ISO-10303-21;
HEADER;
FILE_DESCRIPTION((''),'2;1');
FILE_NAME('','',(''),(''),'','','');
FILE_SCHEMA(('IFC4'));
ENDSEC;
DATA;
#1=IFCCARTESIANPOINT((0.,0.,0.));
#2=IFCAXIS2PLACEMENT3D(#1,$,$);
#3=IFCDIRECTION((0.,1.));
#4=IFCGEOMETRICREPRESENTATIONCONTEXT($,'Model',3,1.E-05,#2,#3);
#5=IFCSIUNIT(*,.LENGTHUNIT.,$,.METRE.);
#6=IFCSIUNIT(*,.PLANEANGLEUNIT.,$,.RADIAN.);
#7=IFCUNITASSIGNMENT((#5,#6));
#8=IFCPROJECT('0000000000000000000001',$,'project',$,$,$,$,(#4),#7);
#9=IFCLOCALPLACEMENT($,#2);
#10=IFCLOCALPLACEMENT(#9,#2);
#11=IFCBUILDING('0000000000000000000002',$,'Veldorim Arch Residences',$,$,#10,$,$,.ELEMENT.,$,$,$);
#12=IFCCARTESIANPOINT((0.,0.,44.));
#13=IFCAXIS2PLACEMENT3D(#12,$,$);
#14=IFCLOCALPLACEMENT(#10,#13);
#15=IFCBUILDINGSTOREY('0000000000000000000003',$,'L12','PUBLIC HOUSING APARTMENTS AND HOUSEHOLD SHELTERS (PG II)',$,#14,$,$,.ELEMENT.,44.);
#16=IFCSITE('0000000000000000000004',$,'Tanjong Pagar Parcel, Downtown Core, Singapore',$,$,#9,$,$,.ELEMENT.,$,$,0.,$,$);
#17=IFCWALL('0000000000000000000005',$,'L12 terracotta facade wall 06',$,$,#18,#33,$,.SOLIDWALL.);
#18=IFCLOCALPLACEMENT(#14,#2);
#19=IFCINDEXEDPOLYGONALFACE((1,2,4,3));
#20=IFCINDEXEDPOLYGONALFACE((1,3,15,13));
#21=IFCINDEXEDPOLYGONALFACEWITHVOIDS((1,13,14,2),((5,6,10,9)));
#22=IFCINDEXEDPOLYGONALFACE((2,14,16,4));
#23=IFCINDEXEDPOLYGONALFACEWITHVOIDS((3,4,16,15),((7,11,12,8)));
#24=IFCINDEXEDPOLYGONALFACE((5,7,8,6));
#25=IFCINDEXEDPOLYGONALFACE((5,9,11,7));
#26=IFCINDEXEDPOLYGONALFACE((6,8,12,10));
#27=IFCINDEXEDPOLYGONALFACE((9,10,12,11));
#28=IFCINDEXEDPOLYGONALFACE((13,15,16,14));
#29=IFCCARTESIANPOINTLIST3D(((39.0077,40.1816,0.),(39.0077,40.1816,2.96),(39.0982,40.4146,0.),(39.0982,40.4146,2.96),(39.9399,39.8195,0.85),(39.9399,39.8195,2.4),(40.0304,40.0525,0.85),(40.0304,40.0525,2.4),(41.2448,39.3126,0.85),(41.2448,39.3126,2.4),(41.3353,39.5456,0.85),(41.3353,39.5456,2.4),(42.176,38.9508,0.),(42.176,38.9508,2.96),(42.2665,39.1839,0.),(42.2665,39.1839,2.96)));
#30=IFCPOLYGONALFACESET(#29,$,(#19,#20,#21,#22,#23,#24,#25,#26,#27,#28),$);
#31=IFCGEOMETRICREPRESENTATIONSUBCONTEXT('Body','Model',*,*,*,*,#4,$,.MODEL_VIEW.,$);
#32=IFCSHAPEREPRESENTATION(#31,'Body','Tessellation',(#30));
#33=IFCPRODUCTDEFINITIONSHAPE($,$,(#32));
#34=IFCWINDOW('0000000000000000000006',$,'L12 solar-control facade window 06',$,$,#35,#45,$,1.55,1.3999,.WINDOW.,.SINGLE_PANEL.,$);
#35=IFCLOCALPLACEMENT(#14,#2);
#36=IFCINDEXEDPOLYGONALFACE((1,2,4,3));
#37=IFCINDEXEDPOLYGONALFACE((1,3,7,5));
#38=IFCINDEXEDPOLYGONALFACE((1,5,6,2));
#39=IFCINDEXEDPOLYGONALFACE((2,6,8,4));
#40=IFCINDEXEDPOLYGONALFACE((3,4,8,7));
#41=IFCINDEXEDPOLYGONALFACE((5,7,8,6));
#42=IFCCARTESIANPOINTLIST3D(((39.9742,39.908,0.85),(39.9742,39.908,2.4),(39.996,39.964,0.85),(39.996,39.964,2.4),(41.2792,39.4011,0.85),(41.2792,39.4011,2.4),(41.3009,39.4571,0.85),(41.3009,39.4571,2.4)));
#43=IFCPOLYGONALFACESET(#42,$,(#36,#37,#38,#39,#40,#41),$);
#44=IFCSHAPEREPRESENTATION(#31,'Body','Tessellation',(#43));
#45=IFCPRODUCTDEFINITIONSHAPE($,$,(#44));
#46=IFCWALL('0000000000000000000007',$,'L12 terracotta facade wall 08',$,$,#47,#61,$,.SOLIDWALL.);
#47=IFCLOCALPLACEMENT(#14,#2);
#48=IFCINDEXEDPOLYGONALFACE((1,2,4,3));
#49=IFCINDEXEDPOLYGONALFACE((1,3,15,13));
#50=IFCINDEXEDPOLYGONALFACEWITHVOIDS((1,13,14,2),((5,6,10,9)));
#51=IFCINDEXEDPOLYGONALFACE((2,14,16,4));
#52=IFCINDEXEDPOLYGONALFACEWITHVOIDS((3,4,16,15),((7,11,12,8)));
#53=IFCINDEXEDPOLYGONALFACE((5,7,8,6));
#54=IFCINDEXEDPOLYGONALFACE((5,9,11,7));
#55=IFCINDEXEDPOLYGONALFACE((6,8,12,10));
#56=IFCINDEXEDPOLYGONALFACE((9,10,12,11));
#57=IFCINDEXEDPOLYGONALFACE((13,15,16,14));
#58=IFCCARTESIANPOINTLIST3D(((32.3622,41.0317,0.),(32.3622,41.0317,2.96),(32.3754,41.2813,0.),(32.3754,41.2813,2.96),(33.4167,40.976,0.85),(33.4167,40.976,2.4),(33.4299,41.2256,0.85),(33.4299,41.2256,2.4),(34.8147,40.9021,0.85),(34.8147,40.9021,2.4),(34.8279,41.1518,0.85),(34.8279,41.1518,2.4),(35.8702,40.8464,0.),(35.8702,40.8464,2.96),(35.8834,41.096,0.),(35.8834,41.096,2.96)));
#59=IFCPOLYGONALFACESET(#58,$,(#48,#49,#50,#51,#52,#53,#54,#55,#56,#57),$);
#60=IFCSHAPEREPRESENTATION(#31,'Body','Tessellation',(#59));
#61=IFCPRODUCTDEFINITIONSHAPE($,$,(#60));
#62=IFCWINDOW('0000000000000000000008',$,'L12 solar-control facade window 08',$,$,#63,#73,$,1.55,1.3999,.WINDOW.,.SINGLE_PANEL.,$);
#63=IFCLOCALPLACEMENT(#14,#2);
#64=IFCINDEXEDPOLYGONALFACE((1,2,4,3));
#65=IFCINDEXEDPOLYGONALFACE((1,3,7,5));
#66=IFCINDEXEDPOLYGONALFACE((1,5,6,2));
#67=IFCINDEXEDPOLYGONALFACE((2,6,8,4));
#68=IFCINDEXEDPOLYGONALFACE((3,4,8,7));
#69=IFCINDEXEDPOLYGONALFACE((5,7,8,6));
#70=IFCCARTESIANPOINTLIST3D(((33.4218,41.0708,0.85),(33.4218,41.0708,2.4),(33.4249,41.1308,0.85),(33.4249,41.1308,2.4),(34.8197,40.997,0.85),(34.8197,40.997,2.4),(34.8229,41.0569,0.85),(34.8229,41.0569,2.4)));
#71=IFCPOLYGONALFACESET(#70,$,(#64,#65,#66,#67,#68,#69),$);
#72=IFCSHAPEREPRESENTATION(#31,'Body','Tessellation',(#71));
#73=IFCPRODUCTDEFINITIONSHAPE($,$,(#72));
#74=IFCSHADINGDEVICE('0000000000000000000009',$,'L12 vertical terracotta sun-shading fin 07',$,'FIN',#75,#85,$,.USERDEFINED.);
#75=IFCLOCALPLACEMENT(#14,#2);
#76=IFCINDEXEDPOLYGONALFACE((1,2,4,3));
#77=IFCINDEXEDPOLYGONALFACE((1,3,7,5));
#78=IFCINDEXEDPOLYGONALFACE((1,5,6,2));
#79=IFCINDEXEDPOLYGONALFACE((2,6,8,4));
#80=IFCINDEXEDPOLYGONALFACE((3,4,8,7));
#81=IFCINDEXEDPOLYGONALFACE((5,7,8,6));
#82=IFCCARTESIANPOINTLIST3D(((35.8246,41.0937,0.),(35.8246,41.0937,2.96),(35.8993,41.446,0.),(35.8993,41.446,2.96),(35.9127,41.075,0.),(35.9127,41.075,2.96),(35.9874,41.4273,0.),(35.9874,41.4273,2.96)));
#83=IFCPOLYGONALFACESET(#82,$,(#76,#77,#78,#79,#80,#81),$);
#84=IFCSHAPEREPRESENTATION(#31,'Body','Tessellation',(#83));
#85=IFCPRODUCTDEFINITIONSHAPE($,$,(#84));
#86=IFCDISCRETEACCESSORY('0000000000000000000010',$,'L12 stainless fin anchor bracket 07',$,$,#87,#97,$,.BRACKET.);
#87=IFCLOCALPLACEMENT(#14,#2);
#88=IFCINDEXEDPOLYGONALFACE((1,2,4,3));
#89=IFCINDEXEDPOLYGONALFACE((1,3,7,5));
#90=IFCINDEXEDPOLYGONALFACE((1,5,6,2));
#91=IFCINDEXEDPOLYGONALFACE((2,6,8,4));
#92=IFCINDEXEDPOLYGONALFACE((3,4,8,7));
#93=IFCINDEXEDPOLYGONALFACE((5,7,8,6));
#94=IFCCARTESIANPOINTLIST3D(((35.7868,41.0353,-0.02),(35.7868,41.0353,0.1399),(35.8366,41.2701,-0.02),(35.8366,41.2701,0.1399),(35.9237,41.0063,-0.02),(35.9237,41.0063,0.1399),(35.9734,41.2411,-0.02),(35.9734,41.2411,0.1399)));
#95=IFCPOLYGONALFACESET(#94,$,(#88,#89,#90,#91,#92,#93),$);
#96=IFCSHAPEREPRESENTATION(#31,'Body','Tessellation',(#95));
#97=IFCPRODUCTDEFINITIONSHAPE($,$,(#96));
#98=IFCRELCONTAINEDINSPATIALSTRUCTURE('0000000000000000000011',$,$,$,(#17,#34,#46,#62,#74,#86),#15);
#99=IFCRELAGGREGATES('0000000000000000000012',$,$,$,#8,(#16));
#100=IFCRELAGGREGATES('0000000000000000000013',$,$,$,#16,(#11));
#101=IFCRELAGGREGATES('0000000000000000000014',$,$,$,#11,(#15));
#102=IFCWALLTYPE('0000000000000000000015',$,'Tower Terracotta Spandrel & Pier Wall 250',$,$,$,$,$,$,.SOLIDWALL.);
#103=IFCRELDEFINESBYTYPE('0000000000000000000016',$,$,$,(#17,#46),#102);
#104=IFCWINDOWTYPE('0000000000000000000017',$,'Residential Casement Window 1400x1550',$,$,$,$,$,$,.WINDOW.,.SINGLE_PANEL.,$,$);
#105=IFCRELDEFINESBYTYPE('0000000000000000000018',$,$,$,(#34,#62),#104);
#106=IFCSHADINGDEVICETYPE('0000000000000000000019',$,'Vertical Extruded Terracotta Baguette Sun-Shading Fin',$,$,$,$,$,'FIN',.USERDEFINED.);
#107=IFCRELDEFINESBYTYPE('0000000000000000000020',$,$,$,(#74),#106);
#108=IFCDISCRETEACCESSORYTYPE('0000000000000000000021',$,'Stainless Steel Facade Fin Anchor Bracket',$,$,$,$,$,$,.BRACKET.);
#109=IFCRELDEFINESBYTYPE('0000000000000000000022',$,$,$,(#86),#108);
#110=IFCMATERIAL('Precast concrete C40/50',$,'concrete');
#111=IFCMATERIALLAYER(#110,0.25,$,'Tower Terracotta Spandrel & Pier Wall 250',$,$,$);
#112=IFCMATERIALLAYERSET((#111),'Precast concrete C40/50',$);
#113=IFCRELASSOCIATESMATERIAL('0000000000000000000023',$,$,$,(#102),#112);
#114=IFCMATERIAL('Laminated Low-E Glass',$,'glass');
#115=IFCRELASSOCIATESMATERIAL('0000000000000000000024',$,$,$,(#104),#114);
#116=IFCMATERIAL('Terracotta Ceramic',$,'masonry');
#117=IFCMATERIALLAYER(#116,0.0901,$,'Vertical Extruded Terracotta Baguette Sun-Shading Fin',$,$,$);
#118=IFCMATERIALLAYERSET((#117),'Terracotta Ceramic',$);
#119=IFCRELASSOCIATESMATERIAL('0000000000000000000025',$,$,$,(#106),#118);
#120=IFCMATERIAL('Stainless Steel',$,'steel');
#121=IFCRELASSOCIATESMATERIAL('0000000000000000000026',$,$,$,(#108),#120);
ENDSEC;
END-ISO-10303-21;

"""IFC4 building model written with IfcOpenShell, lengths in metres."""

from ifc_helpers import new_model, si_unit, direction, frame, frame_2d, origin, origin_2d, place, context, subcontext, project, spatial, rectangle, extrude, material, layer, layer_set, type_object, element, fill, save


model = new_model("IFC4")

# Units and contexts
model_context = context("Model", 3, precision=1e-05, world=origin(), true_north=direction((0.0, 1.0)))
body_context = subcontext(model_context, "Body", "Model", "MODEL_VIEW")
ifc_project = project(units=[si_unit("LENGTHUNIT", "METRE"), si_unit("PLANEANGLEUNIT", "RADIAN")], contexts=[model_context])

# Site, building, storey
site_placement = place(None, origin())
site = spatial("IfcSite", under=ifc_project, at=site_placement, Name="Tanjong Pagar Parcel, Downtown Core, Singapore", CompositionType="ELEMENT", RefElevation=0.0)
building_placement = place(site_placement, origin())
building = spatial("IfcBuilding", under=site, at=building_placement, Name="Veldorim Arch Residences", CompositionType="ELEMENT")
storey_placement = place(building_placement, frame((0.0, 0.0, 44.0)))
storey = spatial("IfcBuildingStorey", under=building, at=storey_placement, Name="L12", Description="PUBLIC HOUSING APARTMENTS AND HOUSEHOLD SHELTERS (PG II)", CompositionType="ELEMENT", Elevation=44.0)

# Walls, openings, windows
ifc_material_1 = material(Name="Precast concrete C40/50", Category="concrete")
ifc_layer_1 = layer(ifc_material_1, 0.25, Name="Tower Terracotta Spandrel & Pier Wall 250")
ifc_layer_set_1 = layer_set([ifc_layer_1], Name="Precast concrete C40/50")
wall_type_1 = type_object("IfcWallType", Name="Tower Terracotta Spandrel & Pier Wall 250", PredefinedType="SOLIDWALL", material=ifc_layer_set_1)
wall_1_placement = place(storey_placement, frame((39.053, 40.2981, 0.0), z_axis=(0.0, 0.0, 1.0), x_axis=(0.932141, -0.362096, 0.0)))
wall_1 = element("IfcWall", 1, at=wall_1_placement, inside=storey, type_object=wall_type_1, Name="L12 terracotta facade wall 06", PredefinedType="SOLIDWALL", context=body_context, shape_type="SweptSolid", body=[
    extrude(rectangle(XDim=3.3989, YDim=0.25, at=frame_2d((1.6995, 0.0))), origin(), (0.0, 0.0, 1.0), 2.96),
])
opening_1_placement = place(wall_1_placement, frame((1.0, 0.0, 0.8501)))
opening_1 = element("IfcOpeningElement", 2, at=opening_1_placement, cuts=wall_1, PredefinedType="OPENING", context=body_context, shape_type="SweptSolid", body=[
    extrude(rectangle(XDim=1.3999, YDim=1.55, at=frame_2d((0.7, 0.7749))), frame((0.0, 0.135, 0.0), z_axis=(0.0, -1.0, 0.0), x_axis=(1.0, 0.0, 0.0)), (0.0, 0.0, 1.0), 0.27),
])
ifc_material_2 = material(Name="Laminated Low-E Glass", Category="glass")
window_type = type_object("IfcWindowType", Name="Residential Casement Window 1400x1550", PartitioningType="SINGLE_PANEL", PredefinedType="WINDOW", material=ifc_material_2)
window_1_placement = place(opening_1_placement, origin())
window_1 = element("IfcWindow", 3, at=window_1_placement, inside=storey, type_object=window_type, Name="L12 solar-control facade window 06", OverallHeight=1.55, OverallWidth=1.3999, PartitioningType="SINGLE_PANEL", PredefinedType="WINDOW", context=body_context, shape_type="SweptSolid", body=[
    extrude(rectangle(XDim=1.3999, YDim=1.55, at=frame_2d((0.7, 0.7749))), frame((0.0, 0.03, 0.0), z_axis=(0.0, -1.0, 0.0), x_axis=(1.0, 0.0, 0.0)), (0.0, 0.0, 1.0), 0.0601),
])
fill(opening_1, window_1)
wall_2_placement = place(storey_placement, frame((32.3689, 41.1565, 0.0), z_axis=(0.0, 0.0, 1.0), x_axis=(0.998608, -0.052749, 0.0)))
wall_2 = element("IfcWall", 4, at=wall_2_placement, inside=storey, type_object=wall_type_1, Name="L12 terracotta facade wall 08", PredefinedType="SOLIDWALL", context=body_context, shape_type="SweptSolid", body=[
    extrude(rectangle(XDim=3.5129, YDim=0.25, at=frame_2d((1.7563, 0.0))), origin(), (0.0, 0.0, 1.0), 2.96),
])
opening_2_placement = place(wall_2_placement, frame((1.0559, 0.0, 0.8501)))
opening_2 = element("IfcOpeningElement", 5, at=opening_2_placement, cuts=wall_2, PredefinedType="OPENING", context=body_context, shape_type="SweptSolid", body=[
    extrude(rectangle(XDim=1.3999, YDim=1.55, at=frame_2d((0.7, 0.7749))), frame((0.0, 0.135, 0.0), z_axis=(0.0, -1.0, 0.0), x_axis=(1.0, 0.0, 0.0)), (0.0, 0.0, 1.0), 0.27),
])
window_2_placement = place(opening_2_placement, origin())
window_2 = element("IfcWindow", 6, at=window_2_placement, inside=storey, type_object=window_type, Name="L12 solar-control facade window 08", OverallHeight=1.55, OverallWidth=1.3999, PartitioningType="SINGLE_PANEL", PredefinedType="WINDOW", context=body_context, shape_type="SweptSolid", body=[
    extrude(rectangle(XDim=1.3999, YDim=1.55, at=frame_2d((0.7, 0.7749))), frame((0.0, 0.03, 0.0), z_axis=(0.0, -1.0, 0.0), x_axis=(1.0, 0.0, 0.0)), (0.0, 0.0, 1.0), 0.0601),
])
fill(opening_2, window_2)

# Shading device
ifc_material_3 = material(Name="Terracotta Ceramic", Category="masonry")
ifc_layer_2 = layer(ifc_material_3, 0.0901, Name="Vertical Extruded Terracotta Baguette Sun-Shading Fin")
ifc_layer_set_2 = layer_set([ifc_layer_2], Name="Terracotta Ceramic")
shading_device_type = type_object("IfcShadingDeviceType", Name="Vertical Extruded Terracotta Baguette Sun-Shading Fin", ElementType="FIN", PredefinedType="USERDEFINED", material=ifc_layer_set_2)
shading_device_placement = place(storey_placement, frame((35.906, 41.2605, 0.0), z_axis=(0.0, 0.0, 1.0), x_axis=(0.978256, -0.2074, 0.0)))
element("IfcShadingDevice", 7, at=shading_device_placement, inside=storey, type_object=shading_device_type, Name="L12 vertical terracotta sun-shading fin 07", ObjectType="FIN", PredefinedType="USERDEFINED", context=body_context, shape_type="SweptSolid", body=[
    extrude(rectangle(XDim=0.0901, YDim=0.3601, at=origin_2d()), origin(), (0.0, 0.0, 1.0), 2.96),
])

# Discrete accessory
ifc_material_4 = material(Name="Stainless Steel", Category="steel")
discrete_accessory_type = type_object("IfcDiscreteAccessoryType", Name="Stainless Steel Facade Fin Anchor Bracket", PredefinedType="BRACKET", material=ifc_material_4)
discrete_accessory_placement = place(storey_placement, frame((35.8801, 41.1382, -0.02), z_axis=(0.0, 0.0, 1.0), x_axis=(0.978256, -0.2074, 0.0)))
element("IfcDiscreteAccessory", 8, at=discrete_accessory_placement, inside=storey, type_object=discrete_accessory_type, Name="L12 stainless fin anchor bracket 07", PredefinedType="BRACKET", context=body_context, shape_type="SweptSolid", body=[
    extrude(rectangle(XDim=0.1399, YDim=0.24, at=origin_2d()), origin(), (0.0, 0.0, 1.0), 0.1599),
])

save(model, "model.ifc")
